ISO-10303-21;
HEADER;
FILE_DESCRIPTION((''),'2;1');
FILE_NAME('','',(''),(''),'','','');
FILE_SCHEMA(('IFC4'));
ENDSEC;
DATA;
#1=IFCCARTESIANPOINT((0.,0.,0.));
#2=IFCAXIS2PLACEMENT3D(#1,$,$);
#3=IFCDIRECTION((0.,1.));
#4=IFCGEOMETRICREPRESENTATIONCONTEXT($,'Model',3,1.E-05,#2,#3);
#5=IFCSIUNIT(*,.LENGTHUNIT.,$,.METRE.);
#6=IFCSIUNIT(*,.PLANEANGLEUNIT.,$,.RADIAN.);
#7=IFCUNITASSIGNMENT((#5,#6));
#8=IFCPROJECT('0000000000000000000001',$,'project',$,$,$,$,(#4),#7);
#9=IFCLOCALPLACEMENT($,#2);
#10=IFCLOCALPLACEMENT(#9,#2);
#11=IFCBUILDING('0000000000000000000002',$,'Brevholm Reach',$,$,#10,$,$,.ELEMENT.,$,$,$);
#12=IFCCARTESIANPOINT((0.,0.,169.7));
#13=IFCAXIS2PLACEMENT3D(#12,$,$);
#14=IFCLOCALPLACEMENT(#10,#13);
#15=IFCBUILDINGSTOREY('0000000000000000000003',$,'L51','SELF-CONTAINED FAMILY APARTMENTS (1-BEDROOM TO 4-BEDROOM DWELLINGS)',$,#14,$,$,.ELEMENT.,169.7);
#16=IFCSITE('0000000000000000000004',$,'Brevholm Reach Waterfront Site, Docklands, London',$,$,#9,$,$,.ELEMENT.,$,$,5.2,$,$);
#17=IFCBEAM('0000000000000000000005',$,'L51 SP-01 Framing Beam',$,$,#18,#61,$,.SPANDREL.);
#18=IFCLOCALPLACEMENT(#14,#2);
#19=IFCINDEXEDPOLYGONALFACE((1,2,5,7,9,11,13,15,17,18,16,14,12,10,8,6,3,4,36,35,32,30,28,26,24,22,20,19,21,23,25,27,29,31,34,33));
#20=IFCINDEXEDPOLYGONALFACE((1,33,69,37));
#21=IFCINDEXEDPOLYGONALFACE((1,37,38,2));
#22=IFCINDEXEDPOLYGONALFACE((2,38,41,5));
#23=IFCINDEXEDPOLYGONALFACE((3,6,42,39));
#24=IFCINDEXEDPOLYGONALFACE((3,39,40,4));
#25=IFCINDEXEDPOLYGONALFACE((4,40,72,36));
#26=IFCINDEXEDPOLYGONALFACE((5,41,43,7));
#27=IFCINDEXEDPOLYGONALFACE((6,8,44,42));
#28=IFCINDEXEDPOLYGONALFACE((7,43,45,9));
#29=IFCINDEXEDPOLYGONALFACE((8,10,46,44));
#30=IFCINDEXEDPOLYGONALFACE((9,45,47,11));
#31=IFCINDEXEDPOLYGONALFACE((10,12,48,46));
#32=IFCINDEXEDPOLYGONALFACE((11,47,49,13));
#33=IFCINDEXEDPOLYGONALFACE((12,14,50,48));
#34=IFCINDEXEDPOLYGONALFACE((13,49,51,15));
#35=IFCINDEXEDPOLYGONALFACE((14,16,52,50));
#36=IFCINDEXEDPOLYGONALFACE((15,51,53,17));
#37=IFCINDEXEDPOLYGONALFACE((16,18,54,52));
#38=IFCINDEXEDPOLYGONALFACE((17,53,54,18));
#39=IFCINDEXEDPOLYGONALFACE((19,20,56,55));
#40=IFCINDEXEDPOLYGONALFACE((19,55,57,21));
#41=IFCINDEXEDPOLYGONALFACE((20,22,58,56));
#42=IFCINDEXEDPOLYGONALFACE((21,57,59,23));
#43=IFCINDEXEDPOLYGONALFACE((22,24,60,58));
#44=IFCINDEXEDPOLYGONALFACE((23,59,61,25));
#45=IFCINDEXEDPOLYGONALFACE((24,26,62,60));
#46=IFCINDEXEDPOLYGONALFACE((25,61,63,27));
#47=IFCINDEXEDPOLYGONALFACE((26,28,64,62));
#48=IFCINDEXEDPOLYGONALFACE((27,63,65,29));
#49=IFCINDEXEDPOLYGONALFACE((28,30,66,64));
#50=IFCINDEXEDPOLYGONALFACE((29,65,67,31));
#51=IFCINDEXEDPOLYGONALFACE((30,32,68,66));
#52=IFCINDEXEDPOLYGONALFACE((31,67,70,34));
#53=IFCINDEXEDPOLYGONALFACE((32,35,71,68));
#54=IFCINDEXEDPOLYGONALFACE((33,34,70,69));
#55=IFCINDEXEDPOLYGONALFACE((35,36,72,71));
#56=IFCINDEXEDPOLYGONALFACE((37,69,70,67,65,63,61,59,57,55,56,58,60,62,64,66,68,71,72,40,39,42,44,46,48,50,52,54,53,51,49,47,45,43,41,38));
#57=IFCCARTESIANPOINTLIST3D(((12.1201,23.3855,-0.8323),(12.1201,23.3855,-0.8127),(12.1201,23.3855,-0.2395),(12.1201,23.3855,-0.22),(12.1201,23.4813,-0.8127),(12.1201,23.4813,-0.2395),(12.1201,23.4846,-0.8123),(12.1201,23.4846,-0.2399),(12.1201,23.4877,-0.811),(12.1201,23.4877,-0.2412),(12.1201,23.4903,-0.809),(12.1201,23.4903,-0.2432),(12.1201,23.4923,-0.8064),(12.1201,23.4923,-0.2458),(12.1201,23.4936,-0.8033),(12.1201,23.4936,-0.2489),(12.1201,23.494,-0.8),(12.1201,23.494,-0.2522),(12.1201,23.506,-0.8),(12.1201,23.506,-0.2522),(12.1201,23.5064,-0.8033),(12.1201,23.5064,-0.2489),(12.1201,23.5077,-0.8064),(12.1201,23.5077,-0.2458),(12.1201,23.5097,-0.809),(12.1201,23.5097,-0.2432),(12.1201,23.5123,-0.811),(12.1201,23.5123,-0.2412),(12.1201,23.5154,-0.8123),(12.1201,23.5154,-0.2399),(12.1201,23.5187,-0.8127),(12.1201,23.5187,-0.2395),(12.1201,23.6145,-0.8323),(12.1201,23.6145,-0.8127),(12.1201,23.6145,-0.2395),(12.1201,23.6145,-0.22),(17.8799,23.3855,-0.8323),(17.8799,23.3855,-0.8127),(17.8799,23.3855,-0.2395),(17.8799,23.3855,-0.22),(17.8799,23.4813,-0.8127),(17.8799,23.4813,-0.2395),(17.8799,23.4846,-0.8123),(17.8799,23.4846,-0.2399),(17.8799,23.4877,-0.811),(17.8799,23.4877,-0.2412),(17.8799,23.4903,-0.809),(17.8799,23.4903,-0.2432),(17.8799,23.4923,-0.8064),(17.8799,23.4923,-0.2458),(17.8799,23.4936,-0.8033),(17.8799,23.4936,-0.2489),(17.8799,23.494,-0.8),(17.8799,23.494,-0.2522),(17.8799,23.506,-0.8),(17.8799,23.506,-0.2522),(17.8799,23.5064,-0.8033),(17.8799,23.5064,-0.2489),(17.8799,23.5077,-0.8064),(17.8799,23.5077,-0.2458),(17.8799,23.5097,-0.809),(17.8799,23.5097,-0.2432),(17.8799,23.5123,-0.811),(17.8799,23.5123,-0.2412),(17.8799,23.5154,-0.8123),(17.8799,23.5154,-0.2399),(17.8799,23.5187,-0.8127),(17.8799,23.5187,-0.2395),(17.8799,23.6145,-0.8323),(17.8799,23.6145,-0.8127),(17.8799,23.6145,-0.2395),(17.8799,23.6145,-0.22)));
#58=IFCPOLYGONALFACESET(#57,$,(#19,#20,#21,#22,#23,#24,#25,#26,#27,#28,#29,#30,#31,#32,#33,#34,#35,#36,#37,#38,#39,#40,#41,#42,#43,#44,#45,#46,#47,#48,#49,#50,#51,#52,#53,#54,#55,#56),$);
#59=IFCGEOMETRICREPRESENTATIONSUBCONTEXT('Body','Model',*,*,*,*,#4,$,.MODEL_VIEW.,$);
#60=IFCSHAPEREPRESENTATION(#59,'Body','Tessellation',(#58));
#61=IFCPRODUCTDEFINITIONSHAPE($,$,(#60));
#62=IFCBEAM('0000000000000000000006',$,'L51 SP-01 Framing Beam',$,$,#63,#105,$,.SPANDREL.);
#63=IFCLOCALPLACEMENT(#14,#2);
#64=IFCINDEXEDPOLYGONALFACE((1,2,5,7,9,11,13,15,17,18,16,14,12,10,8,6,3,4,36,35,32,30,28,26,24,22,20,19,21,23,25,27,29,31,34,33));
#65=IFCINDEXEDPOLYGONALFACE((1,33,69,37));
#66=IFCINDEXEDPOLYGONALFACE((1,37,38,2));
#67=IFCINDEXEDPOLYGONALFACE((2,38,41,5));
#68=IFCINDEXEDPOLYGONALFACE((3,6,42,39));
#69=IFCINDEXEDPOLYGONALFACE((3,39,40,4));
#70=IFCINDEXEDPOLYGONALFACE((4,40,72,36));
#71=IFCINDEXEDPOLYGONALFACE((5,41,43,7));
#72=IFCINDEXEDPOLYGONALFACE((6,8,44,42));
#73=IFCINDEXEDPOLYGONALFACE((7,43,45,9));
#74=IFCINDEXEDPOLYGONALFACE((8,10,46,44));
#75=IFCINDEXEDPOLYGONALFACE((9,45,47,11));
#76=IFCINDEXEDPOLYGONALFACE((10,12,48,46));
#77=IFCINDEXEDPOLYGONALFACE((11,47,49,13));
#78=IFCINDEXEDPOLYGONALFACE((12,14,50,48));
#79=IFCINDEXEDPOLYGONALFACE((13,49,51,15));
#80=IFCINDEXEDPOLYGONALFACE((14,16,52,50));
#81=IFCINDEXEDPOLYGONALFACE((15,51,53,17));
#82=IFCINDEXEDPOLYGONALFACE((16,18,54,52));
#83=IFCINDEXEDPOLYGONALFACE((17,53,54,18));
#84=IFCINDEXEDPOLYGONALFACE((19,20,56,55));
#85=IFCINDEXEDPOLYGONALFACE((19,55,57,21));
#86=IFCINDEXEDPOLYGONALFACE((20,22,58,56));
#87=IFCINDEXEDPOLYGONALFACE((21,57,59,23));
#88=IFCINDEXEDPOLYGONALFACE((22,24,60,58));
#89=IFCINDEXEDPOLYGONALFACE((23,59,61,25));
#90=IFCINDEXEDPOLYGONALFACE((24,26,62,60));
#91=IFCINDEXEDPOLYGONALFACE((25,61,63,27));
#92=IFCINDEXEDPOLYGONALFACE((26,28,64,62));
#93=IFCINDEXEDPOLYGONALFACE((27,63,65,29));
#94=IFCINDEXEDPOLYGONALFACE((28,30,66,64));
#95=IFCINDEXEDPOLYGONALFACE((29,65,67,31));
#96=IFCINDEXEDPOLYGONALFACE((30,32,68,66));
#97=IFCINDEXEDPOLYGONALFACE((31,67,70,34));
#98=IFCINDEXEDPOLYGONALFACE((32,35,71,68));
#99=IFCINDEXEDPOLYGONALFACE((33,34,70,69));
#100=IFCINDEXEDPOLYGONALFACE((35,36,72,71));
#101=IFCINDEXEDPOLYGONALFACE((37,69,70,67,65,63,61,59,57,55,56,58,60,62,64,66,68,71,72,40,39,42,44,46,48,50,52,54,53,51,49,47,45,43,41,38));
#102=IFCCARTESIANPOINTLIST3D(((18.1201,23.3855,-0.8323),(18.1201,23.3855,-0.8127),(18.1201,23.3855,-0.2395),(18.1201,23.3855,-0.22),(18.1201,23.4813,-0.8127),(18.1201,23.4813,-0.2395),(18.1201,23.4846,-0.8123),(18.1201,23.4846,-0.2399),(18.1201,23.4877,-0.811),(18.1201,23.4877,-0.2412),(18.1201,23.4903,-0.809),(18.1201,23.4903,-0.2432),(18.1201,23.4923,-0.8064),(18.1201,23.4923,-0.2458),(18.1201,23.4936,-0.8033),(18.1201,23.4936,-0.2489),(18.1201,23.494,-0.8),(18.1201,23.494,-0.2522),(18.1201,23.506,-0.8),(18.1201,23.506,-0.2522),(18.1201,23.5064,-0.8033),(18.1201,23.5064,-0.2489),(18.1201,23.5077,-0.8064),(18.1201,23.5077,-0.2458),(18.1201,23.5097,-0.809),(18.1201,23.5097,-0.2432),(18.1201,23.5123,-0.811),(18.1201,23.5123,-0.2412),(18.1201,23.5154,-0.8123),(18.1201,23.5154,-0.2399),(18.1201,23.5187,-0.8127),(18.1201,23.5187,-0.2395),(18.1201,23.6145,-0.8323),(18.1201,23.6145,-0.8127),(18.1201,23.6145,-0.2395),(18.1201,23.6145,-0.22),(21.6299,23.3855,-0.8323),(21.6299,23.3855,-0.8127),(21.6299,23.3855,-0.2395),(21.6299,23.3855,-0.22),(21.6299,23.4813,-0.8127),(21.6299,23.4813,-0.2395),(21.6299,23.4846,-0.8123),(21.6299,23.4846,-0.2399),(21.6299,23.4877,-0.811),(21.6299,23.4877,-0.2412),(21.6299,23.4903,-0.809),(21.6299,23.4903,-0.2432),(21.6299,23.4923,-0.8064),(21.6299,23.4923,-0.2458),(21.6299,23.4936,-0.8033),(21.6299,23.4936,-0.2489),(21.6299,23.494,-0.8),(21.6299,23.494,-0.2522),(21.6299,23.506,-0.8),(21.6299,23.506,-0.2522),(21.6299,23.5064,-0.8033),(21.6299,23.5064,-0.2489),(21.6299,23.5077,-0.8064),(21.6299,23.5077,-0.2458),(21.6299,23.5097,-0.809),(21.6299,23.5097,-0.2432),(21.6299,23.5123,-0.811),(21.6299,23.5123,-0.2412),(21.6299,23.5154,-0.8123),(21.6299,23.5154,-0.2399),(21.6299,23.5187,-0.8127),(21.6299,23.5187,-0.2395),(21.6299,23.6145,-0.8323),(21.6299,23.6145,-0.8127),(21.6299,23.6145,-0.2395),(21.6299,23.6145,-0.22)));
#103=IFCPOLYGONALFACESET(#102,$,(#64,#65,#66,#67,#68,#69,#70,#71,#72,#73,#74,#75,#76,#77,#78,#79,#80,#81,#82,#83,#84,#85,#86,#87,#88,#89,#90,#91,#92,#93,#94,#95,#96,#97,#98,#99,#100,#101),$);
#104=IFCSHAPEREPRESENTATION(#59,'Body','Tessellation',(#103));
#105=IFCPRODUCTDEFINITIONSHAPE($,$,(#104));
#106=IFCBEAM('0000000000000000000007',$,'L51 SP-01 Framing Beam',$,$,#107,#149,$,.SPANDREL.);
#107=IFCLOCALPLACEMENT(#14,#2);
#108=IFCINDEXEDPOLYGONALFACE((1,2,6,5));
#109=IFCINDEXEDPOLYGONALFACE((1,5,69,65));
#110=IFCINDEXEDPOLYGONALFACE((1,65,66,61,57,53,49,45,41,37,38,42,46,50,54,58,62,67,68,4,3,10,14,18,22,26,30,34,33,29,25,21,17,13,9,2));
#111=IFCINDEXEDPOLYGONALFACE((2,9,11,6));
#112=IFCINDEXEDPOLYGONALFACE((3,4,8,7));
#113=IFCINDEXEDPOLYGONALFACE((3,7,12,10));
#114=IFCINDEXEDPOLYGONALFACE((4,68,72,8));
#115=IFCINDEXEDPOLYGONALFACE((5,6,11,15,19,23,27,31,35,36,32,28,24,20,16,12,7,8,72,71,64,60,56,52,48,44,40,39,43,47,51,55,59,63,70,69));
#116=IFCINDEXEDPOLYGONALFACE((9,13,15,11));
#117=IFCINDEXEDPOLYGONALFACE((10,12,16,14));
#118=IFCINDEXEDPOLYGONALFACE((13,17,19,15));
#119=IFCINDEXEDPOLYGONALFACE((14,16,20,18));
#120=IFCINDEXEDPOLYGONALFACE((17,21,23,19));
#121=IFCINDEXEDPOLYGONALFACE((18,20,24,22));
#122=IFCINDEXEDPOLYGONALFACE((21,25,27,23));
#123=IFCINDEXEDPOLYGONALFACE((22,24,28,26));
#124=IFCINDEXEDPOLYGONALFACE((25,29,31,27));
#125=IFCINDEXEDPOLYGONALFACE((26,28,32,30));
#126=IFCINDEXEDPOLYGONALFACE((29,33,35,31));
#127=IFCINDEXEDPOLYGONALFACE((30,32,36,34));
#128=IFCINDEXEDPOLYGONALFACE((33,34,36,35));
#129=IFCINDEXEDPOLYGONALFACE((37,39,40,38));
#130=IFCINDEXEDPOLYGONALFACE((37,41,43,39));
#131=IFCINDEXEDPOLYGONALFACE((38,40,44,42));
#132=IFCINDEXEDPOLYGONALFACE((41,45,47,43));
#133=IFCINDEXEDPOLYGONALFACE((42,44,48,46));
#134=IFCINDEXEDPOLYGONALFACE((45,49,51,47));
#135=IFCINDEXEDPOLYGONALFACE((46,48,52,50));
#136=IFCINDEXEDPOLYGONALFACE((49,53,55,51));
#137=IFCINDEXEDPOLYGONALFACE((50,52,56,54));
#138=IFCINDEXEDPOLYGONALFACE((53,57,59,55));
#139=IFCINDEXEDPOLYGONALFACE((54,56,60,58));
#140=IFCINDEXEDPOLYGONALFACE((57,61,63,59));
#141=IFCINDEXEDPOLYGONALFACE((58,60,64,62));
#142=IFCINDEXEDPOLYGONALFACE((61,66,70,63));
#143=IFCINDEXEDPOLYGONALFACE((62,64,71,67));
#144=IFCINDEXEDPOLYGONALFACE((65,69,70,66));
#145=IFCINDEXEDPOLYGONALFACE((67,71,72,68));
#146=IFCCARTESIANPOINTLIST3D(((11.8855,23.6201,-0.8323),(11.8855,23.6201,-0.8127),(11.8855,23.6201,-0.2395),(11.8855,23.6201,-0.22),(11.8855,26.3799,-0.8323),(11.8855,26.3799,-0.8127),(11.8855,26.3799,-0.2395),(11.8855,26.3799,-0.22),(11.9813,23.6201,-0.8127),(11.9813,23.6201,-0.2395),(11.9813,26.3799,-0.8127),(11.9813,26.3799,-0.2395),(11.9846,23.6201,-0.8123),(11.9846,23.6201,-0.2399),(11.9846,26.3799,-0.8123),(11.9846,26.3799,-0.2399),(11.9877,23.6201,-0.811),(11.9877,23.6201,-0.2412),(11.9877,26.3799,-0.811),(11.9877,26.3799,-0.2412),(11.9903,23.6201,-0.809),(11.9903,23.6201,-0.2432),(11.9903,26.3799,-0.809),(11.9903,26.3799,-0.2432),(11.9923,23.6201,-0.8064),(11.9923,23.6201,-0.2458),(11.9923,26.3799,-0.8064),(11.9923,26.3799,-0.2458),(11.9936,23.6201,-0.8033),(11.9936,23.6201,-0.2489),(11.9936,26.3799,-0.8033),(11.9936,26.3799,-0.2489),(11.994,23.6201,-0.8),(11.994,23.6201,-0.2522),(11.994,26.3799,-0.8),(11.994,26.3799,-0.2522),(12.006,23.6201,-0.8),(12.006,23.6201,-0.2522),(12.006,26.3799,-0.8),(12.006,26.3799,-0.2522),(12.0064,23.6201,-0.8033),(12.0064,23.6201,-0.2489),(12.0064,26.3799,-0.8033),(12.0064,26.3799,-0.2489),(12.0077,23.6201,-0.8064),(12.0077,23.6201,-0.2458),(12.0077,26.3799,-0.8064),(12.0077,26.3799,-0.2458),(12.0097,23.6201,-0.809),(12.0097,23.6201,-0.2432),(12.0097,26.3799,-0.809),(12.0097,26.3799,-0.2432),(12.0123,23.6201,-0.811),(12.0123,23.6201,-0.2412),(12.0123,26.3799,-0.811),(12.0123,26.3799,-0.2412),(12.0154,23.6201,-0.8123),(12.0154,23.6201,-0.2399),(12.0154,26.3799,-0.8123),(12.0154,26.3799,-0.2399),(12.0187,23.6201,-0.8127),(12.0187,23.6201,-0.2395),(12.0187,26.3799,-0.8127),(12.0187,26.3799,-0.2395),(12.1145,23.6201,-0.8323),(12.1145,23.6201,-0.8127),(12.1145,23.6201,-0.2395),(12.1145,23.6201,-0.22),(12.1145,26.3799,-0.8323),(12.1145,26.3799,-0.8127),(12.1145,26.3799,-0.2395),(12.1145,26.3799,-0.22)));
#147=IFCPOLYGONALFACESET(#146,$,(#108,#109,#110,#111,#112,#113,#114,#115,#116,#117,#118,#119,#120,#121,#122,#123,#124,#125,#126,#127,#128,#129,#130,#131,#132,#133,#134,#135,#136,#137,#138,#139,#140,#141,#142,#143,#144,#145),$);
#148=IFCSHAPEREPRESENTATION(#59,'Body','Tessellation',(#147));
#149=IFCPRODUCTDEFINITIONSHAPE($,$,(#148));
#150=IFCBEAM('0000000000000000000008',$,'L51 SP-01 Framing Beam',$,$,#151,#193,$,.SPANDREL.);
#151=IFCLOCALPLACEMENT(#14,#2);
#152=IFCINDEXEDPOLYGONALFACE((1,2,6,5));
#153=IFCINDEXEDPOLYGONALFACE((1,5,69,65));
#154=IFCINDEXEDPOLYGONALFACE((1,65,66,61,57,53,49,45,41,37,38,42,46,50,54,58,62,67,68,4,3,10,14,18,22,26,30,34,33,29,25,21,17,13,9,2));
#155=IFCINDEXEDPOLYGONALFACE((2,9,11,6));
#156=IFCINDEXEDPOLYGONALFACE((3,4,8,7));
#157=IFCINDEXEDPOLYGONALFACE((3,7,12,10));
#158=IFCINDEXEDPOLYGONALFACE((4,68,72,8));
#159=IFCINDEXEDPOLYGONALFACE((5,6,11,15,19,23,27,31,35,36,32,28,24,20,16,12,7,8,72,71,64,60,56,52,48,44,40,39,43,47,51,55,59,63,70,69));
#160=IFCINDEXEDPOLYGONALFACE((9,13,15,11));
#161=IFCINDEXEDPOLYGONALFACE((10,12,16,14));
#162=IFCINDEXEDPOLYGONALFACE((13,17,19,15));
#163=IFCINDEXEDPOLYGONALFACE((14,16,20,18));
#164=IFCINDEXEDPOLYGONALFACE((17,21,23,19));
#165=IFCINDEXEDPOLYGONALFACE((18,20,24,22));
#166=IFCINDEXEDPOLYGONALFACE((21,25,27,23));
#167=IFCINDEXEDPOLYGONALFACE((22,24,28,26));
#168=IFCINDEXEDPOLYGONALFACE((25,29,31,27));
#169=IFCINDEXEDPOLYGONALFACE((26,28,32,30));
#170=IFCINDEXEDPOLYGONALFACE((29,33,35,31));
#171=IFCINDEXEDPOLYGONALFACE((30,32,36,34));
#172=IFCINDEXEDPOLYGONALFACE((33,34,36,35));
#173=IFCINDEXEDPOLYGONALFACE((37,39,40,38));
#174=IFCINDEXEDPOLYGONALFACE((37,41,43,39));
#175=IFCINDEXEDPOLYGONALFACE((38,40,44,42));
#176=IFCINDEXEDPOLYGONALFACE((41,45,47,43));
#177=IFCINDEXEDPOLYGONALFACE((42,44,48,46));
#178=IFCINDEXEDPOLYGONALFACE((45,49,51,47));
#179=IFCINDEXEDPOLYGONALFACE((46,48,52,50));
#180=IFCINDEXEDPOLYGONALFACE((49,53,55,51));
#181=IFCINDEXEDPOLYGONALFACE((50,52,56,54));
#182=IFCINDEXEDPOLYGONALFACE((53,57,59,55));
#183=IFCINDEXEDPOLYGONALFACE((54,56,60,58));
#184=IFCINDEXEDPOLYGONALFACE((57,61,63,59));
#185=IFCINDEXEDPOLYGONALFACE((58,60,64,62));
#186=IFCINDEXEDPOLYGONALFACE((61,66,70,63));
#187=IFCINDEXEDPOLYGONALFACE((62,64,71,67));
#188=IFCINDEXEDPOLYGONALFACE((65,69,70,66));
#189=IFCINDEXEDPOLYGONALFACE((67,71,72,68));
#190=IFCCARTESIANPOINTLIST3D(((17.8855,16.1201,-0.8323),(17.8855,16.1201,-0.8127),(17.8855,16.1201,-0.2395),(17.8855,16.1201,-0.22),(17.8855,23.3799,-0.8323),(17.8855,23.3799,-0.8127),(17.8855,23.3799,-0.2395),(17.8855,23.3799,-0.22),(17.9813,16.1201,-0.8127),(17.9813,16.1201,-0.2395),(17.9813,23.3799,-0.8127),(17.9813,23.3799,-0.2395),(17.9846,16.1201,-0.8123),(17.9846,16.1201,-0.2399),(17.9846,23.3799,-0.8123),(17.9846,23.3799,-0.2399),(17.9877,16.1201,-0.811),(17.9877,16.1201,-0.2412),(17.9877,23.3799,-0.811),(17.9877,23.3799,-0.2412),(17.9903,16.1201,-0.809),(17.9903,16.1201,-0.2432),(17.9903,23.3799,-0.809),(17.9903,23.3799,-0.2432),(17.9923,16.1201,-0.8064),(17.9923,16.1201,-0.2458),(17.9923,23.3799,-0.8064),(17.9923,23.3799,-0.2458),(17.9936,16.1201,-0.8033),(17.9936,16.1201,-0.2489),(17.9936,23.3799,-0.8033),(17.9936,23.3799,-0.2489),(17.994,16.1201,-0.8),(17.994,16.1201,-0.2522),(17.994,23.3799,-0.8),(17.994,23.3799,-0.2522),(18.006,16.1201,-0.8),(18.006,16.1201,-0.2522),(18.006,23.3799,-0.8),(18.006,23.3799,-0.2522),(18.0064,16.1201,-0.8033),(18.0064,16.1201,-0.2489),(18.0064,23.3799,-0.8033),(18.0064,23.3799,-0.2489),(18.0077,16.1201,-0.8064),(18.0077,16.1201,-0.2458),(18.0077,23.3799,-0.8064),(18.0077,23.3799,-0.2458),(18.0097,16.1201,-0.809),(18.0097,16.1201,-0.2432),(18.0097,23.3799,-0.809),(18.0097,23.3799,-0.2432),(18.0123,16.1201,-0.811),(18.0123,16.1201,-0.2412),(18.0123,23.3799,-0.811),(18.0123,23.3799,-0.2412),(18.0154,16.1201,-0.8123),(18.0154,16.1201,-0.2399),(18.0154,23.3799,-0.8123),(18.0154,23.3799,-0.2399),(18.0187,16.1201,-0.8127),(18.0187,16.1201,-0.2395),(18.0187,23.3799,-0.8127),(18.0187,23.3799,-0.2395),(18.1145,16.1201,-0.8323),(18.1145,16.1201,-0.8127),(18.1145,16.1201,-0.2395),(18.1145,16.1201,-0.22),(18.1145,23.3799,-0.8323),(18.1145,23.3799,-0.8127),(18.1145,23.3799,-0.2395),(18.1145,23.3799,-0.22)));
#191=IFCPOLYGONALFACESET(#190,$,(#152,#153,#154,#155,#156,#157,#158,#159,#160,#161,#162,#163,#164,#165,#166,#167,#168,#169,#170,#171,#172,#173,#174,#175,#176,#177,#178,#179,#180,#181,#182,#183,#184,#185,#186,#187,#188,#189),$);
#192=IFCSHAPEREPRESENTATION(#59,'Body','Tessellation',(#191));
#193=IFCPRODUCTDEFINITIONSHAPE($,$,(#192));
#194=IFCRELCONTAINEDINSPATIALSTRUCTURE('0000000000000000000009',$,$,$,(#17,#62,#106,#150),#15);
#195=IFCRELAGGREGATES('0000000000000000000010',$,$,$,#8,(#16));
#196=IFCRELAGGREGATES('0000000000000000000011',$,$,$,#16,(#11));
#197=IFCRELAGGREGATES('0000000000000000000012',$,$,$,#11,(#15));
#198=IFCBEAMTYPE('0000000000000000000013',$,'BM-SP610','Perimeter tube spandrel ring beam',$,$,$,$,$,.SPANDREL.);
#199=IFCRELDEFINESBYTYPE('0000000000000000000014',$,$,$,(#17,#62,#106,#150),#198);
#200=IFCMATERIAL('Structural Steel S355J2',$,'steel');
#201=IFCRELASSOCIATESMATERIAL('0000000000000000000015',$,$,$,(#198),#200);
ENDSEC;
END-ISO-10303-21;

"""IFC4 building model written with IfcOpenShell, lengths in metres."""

from ifc_helpers import new_model, si_unit, direction, frame, origin, origin_2d, place, context, subcontext, project, spatial, i_section, extrude, material, material_profile, profile_set, type_object, element, save


model = new_model("IFC4")

# Units and contexts
model_context = context("Model", 3, precision=1e-05, world=origin(), true_north=direction((0.0, 1.0)))
body_context = subcontext(model_context, "Body", "Model", "MODEL_VIEW")
ifc_project = project(units=[si_unit("LENGTHUNIT", "METRE"), si_unit("PLANEANGLEUNIT", "RADIAN")], contexts=[model_context])

# Site, building, storey
site_placement = place(None, origin())
site = spatial("IfcSite", under=ifc_project, at=site_placement, Name="Brevholm Reach Waterfront Site, Docklands, London", CompositionType="ELEMENT", RefElevation=5.2)
building_placement = place(site_placement, origin())
building = spatial("IfcBuilding", under=site, at=building_placement, Name="Brevholm Reach", CompositionType="ELEMENT")
storey_placement = place(building_placement, frame((0.0, 0.0, 169.7)))
storey = spatial("IfcBuildingStorey", under=building, at=storey_placement, Name="L51", Description="SELF-CONTAINED FAMILY APARTMENTS (1-BEDROOM TO 4-BEDROOM DWELLINGS)", CompositionType="ELEMENT", Elevation=169.7)

# Beams
ifc_material_1 = material(Name="Structural Steel S355J2", Category="steel")
ifc_material_profile_1 = material_profile(ifc_material_1, i_section(OverallWidth=0.229, OverallDepth=0.6123, WebThickness=0.012, FlangeThickness=0.0195, FilletRadius=0.0127, at=origin_2d()), Name="UKB 610x229x125")
ifc_profile_set_1 = profile_set([ifc_material_profile_1], Name="Structural Steel S355J2")
beam_type_1 = type_object("IfcBeamType", Name="BM-SP610", Description="Perimeter tube spandrel ring beam", PredefinedType="SPANDREL", material=ifc_profile_set_1)
beam_1_placement = place(storey_placement, frame((12.1201, 23.5, -0.5261), z_axis=(1.0, 0.0, 0.0), x_axis=(0.0, 1.0, 0.0)))
element("IfcBeam", 1, at=beam_1_placement, inside=storey, type_object=beam_type_1, Name="L51 SP-01 Framing Beam", PredefinedType="SPANDREL", context=body_context, shape_type="SweptSolid", body=[
    extrude(i_section(OverallWidth=0.229, OverallDepth=0.6123, WebThickness=0.012, FlangeThickness=0.0195, FilletRadius=0.0127, at=origin_2d()), origin(), (0.0, 0.0, 1.0), 5.7598),
])
beam_2_placement = place(storey_placement, frame((18.1201, 23.5, -0.5261), z_axis=(1.0, 0.0, 0.0), x_axis=(0.0, 1.0, 0.0)))
element("IfcBeam", 2, at=beam_2_placement, inside=storey, type_object=beam_type_1, Name="L51 SP-01 Framing Beam", PredefinedType="SPANDREL", context=body_context, shape_type="SweptSolid", body=[
    extrude(i_section(OverallWidth=0.229, OverallDepth=0.6123, WebThickness=0.012, FlangeThickness=0.0195, FilletRadius=0.0127, at=origin_2d()), origin(), (0.0, 0.0, 1.0), 3.5098),
])
beam_3_placement = place(storey_placement, frame((12.0, 23.6201, -0.5261), z_axis=(0.0, 1.0, 0.0), x_axis=(-1.0, 0.0, 0.0)))
element("IfcBeam", 3, at=beam_3_placement, inside=storey, type_object=beam_type_1, Name="L51 SP-01 Framing Beam", PredefinedType="SPANDREL", context=body_context, shape_type="SweptSolid", body=[
    extrude(i_section(OverallWidth=0.229, OverallDepth=0.6123, WebThickness=0.012, FlangeThickness=0.0195, FilletRadius=0.0127, at=origin_2d()), origin(), (0.0, 0.0, 1.0), 2.7598),
])
for number, where, z_axis, x_axis, name in (
    (4, (18.0, 16.1201, -0.5261), (0.0, 1.0, 0.0), (-1.0, 0.0, 0.0), "L51 SP-01 Framing Beam"),
):
    element("IfcBeam", number, at=place(storey_placement, frame(where, z_axis=z_axis, x_axis=x_axis)), inside=storey, type_object=beam_type_1, Name=name, PredefinedType="SPANDREL", context=body_context, shape_type="SweptSolid", body=[
        extrude(i_section(OverallWidth=0.229, OverallDepth=0.6123, WebThickness=0.012, FlangeThickness=0.0195, FilletRadius=0.0127, at=origin_2d()), origin(), (0.0, 0.0, 1.0), 7.2598),
    ])

save(model, "model.ifc")
